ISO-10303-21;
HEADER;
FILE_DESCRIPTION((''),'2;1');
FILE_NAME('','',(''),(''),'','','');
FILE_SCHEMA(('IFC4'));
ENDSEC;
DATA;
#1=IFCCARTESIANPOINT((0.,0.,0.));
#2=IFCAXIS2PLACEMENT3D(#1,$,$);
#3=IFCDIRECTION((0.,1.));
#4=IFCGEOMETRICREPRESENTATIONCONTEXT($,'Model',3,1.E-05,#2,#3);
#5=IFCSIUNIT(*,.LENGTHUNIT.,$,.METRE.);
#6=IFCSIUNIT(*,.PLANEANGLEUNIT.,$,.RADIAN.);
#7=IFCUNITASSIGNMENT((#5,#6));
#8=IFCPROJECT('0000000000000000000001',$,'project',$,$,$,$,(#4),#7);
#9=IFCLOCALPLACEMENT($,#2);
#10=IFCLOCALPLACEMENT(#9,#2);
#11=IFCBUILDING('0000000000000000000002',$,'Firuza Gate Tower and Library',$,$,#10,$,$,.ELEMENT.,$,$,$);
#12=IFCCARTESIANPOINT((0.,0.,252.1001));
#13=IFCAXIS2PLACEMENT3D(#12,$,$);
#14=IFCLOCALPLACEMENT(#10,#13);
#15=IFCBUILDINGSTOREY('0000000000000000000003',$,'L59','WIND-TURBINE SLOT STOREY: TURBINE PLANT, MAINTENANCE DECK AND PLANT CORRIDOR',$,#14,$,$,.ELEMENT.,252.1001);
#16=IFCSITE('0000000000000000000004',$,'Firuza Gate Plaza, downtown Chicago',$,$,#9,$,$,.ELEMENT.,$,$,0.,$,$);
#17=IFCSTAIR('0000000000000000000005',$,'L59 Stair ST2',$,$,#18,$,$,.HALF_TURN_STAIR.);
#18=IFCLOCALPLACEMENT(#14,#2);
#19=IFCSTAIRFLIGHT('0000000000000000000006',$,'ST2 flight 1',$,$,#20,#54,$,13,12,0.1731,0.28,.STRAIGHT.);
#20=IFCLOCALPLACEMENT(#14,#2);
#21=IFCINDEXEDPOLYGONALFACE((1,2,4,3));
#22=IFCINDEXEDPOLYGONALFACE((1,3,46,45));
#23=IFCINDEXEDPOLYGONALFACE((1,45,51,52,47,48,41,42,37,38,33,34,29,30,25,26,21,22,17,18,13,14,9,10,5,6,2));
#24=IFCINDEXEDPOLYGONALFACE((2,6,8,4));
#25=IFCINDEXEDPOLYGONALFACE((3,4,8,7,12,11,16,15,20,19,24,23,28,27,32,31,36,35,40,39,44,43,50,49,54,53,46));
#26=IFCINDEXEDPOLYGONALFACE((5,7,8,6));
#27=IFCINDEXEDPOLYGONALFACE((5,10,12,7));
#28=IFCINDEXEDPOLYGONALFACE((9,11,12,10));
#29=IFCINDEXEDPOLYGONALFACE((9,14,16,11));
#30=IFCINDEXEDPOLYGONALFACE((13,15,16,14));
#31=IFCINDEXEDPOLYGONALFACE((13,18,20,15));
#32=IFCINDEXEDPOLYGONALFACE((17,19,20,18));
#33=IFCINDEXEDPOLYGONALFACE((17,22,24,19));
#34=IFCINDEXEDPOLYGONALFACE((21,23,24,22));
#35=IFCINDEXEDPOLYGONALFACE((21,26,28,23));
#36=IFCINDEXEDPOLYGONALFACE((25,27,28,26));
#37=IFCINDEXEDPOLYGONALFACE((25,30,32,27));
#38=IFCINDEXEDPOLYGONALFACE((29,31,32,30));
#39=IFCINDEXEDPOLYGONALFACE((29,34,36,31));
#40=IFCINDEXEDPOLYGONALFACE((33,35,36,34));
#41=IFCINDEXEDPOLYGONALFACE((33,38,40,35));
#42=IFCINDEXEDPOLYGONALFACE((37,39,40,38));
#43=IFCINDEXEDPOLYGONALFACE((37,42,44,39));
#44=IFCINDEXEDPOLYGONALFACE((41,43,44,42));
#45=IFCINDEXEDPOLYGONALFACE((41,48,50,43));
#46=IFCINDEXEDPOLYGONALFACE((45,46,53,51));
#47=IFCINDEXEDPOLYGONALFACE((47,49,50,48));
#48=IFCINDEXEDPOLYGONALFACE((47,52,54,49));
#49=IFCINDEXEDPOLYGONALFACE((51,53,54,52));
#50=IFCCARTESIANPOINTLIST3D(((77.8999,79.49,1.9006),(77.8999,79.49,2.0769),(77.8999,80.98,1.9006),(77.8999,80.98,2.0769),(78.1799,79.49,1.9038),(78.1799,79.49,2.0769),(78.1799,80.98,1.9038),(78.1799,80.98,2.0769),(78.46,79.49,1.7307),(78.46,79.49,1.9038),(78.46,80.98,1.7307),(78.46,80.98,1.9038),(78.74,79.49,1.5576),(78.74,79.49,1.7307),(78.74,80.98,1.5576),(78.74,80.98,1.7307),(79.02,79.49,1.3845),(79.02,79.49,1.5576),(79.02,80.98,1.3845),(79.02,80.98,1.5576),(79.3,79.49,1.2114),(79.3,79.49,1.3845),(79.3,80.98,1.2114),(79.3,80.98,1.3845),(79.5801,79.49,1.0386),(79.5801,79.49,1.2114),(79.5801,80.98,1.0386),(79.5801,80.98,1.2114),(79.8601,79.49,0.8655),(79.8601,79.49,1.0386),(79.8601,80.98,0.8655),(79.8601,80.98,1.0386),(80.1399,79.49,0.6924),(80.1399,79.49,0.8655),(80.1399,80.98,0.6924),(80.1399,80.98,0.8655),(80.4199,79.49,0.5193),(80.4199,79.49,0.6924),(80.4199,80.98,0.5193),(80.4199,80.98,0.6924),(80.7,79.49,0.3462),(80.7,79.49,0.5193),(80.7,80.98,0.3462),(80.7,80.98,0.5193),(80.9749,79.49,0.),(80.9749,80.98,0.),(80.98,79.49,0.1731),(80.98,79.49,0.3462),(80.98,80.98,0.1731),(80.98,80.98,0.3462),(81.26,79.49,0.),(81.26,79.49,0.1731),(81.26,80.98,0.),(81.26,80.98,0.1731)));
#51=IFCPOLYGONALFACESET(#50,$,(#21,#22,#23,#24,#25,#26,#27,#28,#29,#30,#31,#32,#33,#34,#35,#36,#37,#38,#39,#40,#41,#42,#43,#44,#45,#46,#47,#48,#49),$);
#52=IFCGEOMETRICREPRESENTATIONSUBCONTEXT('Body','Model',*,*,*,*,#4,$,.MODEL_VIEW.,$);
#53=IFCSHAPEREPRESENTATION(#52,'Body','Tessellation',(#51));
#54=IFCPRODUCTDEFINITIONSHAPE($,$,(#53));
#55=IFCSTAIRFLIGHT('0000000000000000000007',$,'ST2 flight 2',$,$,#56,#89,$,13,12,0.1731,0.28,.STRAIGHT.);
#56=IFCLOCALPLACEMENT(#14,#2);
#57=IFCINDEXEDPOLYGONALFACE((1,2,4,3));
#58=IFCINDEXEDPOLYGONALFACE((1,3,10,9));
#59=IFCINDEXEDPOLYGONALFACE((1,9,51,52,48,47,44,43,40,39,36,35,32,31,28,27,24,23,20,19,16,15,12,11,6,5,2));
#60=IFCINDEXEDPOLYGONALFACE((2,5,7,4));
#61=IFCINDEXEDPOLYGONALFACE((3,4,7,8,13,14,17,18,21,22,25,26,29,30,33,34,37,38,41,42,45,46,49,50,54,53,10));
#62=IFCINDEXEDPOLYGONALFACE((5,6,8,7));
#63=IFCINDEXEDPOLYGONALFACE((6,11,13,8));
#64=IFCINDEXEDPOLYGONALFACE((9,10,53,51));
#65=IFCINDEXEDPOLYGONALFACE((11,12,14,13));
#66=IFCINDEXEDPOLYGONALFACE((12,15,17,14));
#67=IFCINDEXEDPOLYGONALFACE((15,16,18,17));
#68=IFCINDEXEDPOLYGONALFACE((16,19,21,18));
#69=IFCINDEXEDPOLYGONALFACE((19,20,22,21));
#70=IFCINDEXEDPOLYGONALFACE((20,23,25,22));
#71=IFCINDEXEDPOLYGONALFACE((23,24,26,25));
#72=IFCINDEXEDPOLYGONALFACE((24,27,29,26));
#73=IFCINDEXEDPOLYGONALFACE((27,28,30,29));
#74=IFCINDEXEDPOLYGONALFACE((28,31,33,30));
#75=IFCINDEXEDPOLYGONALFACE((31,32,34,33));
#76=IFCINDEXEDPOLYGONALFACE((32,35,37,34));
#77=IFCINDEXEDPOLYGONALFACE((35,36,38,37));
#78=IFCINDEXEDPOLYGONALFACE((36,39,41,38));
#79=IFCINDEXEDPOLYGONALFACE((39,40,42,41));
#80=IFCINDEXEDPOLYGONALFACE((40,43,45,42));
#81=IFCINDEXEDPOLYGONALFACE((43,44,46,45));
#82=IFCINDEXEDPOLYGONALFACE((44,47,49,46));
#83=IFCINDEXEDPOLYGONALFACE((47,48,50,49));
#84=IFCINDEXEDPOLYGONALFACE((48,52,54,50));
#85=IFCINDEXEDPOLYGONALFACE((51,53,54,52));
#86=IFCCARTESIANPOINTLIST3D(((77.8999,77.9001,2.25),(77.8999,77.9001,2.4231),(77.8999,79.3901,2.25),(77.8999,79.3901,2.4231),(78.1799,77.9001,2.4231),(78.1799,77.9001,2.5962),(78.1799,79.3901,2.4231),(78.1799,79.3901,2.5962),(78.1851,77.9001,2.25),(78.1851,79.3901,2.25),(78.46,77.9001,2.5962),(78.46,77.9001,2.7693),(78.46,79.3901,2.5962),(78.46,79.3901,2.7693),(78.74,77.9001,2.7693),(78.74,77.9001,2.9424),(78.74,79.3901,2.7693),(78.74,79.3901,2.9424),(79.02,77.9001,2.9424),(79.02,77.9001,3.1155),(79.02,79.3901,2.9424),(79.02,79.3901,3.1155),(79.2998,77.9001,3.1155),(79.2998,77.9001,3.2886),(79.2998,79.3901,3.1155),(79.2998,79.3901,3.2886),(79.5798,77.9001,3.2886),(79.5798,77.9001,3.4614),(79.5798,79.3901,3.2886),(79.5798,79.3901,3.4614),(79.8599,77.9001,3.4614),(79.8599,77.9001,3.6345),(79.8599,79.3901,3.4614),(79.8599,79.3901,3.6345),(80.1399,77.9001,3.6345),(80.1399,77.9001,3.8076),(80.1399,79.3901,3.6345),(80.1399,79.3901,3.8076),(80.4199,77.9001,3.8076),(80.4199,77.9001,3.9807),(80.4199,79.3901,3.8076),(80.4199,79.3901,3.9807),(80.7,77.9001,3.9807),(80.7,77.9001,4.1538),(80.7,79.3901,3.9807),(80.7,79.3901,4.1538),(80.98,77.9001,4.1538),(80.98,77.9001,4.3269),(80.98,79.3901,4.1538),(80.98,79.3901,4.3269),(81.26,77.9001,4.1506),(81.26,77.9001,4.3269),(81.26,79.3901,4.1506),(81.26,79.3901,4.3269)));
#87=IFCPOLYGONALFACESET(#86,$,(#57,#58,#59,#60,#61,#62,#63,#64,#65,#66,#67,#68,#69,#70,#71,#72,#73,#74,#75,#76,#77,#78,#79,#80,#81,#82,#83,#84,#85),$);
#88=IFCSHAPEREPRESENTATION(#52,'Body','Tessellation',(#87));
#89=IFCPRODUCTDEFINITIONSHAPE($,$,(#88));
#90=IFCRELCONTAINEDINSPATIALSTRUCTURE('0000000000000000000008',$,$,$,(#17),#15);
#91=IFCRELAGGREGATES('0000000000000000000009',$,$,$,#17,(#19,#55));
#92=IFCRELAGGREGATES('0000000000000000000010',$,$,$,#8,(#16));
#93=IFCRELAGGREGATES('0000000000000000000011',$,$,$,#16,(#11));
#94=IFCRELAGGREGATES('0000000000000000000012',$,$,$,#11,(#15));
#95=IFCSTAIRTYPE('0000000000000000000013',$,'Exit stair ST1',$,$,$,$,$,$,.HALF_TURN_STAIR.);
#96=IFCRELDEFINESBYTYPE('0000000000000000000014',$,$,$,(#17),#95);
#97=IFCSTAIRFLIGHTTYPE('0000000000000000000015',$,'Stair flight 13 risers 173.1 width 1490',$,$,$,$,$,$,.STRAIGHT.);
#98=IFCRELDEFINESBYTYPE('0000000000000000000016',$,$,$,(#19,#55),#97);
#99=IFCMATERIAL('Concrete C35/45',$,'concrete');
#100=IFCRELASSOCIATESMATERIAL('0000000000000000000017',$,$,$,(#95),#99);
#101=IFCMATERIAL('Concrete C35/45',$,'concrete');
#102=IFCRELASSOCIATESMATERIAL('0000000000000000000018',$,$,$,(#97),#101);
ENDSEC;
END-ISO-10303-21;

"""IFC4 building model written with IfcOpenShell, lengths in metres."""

from ifc_helpers import new_model, si_unit, direction, frame, origin, place, context, subcontext, project, spatial, polyline, outline, extrude, material, type_object, element, aggregate, save


model = new_model("IFC4")

# Units and contexts
model_context = context("Model", 3, precision=1e-05, world=origin(), true_north=direction((0.0, 1.0)))
body_context = subcontext(model_context, "Body", "Model", "MODEL_VIEW")
ifc_project = project(units=[si_unit("LENGTHUNIT", "METRE"), si_unit("PLANEANGLEUNIT", "RADIAN")], contexts=[model_context])

# Site, building, storey
site_placement = place(None, origin())
site = spatial("IfcSite", under=ifc_project, at=site_placement, Name="Firuza Gate Plaza, downtown Chicago", CompositionType="ELEMENT", RefElevation=0.0)
building_placement = place(site_placement, origin())
building = spatial("IfcBuilding", under=site, at=building_placement, Name="Firuza Gate Tower and Library", CompositionType="ELEMENT")
storey_placement = place(building_placement, frame((0.0, 0.0, 252.1001)))
storey = spatial("IfcBuildingStorey", under=building, at=storey_placement, Name="L59", Description="WIND-TURBINE SLOT STOREY: TURBINE PLANT, MAINTENANCE DECK AND PLANT CORRIDOR", CompositionType="ELEMENT", Elevation=252.1001)

# Stair, stair flights
ifc_material_1 = material(Name="Concrete C35/45", Category="concrete")
stair_type = type_object("IfcStairType", Name="Exit stair ST1", PredefinedType="HALF_TURN_STAIR", material=ifc_material_1)
stair_placement = place(storey_placement, origin())
stair = element("IfcStair", 1, at=stair_placement, inside=storey, type_object=stair_type, Name="L59 Stair ST2", PredefinedType="HALF_TURN_STAIR")
ifc_material_2 = material(Name="Concrete C35/45", Category="concrete")
stair_flight_type = type_object("IfcStairFlightType", Name="Stair flight 13 risers 173.1 width 1490", PredefinedType="STRAIGHT", material=ifc_material_2)
stair_flight_1_placement = place(storey_placement, frame((81.26, 80.2351, 0.0), z_axis=(0.0, 0.0, 1.0), x_axis=(-1.0, 0.0, 0.0)))
stair_flight_1 = element("IfcStairFlight", 2, at=stair_flight_1_placement, type_object=stair_flight_type, Name="ST2 flight 1", NumberOfRisers=13, NumberOfTreads=12, PredefinedType="STRAIGHT", RiserHeight=0.1731, TreadLength=0.28, context=body_context, shape_type="SweptSolid", body=[
    extrude(outline(polyline([(0.0, 0.0), (0.0, 0.1731), (0.28, 0.1731), (0.28, 0.3462), (0.5601, 0.3462), (0.5601, 0.5193), (0.8401, 0.5193), (0.8401, 0.6924), (1.1201, 0.6924), (1.1201, 0.8655), (1.3999, 0.8655), (1.3999, 1.0386), (1.6799, 1.0386), (1.6799, 1.2114), (1.96, 1.2114), (1.96, 1.3845), (2.24, 1.3845), (2.24, 1.5576), (2.52, 1.5576), (2.52, 1.7307), (2.8, 1.7307), (2.8, 1.9038), (3.0801, 1.9038), (3.0801, 2.0769), (3.3601, 2.0769), (3.3601, 2.25), (3.3601, 1.9006), (0.2852, 0.0), (0.0, 0.0)])), frame((0.0, 0.7451, 0.0), z_axis=(0.0, -1.0, 0.0), x_axis=(1.0, 0.0, 0.0)), (0.0, 0.0, 1.0), 1.49),
])
stair_flight_2_placement = place(storey_placement, frame((77.8999, 78.645, 2.25), z_axis=(0.0, 0.0, 1.0), x_axis=(1.0, 0.0, 0.0)))
stair_flight_2 = element("IfcStairFlight", 3, at=stair_flight_2_placement, type_object=stair_flight_type, Name="ST2 flight 2", NumberOfRisers=13, NumberOfTreads=12, PredefinedType="STRAIGHT", RiserHeight=0.1731, TreadLength=0.28, context=body_context, shape_type="SweptSolid", body=[
    extrude(outline(polyline([(0.0, 0.0), (0.0, 0.1731), (0.28, 0.1731), (0.28, 0.3462), (0.5601, 0.3462), (0.5601, 0.5193), (0.8401, 0.5193), (0.8401, 0.6924), (1.1201, 0.6924), (1.1201, 0.8655), (1.3999, 0.8655), (1.3999, 1.0386), (1.6799, 1.0386), (1.6799, 1.2114), (1.96, 1.2114), (1.96, 1.3845), (2.24, 1.3845), (2.24, 1.5576), (2.52, 1.5576), (2.52, 1.7307), (2.8, 1.7307), (2.8, 1.9038), (3.0801, 1.9038), (3.0801, 2.0769), (3.3601, 2.0769), (3.3601, 2.25), (3.3601, 1.9006), (0.2852, 0.0), (0.0, 0.0)])), frame((0.0, 0.7451, 0.0), z_axis=(0.0, -1.0, 0.0), x_axis=(1.0, 0.0, 0.0)), (0.0, 0.0, 1.0), 1.49),
])
aggregate(stair, [stair_flight_1, stair_flight_2])

save(model, "model.ifc")
